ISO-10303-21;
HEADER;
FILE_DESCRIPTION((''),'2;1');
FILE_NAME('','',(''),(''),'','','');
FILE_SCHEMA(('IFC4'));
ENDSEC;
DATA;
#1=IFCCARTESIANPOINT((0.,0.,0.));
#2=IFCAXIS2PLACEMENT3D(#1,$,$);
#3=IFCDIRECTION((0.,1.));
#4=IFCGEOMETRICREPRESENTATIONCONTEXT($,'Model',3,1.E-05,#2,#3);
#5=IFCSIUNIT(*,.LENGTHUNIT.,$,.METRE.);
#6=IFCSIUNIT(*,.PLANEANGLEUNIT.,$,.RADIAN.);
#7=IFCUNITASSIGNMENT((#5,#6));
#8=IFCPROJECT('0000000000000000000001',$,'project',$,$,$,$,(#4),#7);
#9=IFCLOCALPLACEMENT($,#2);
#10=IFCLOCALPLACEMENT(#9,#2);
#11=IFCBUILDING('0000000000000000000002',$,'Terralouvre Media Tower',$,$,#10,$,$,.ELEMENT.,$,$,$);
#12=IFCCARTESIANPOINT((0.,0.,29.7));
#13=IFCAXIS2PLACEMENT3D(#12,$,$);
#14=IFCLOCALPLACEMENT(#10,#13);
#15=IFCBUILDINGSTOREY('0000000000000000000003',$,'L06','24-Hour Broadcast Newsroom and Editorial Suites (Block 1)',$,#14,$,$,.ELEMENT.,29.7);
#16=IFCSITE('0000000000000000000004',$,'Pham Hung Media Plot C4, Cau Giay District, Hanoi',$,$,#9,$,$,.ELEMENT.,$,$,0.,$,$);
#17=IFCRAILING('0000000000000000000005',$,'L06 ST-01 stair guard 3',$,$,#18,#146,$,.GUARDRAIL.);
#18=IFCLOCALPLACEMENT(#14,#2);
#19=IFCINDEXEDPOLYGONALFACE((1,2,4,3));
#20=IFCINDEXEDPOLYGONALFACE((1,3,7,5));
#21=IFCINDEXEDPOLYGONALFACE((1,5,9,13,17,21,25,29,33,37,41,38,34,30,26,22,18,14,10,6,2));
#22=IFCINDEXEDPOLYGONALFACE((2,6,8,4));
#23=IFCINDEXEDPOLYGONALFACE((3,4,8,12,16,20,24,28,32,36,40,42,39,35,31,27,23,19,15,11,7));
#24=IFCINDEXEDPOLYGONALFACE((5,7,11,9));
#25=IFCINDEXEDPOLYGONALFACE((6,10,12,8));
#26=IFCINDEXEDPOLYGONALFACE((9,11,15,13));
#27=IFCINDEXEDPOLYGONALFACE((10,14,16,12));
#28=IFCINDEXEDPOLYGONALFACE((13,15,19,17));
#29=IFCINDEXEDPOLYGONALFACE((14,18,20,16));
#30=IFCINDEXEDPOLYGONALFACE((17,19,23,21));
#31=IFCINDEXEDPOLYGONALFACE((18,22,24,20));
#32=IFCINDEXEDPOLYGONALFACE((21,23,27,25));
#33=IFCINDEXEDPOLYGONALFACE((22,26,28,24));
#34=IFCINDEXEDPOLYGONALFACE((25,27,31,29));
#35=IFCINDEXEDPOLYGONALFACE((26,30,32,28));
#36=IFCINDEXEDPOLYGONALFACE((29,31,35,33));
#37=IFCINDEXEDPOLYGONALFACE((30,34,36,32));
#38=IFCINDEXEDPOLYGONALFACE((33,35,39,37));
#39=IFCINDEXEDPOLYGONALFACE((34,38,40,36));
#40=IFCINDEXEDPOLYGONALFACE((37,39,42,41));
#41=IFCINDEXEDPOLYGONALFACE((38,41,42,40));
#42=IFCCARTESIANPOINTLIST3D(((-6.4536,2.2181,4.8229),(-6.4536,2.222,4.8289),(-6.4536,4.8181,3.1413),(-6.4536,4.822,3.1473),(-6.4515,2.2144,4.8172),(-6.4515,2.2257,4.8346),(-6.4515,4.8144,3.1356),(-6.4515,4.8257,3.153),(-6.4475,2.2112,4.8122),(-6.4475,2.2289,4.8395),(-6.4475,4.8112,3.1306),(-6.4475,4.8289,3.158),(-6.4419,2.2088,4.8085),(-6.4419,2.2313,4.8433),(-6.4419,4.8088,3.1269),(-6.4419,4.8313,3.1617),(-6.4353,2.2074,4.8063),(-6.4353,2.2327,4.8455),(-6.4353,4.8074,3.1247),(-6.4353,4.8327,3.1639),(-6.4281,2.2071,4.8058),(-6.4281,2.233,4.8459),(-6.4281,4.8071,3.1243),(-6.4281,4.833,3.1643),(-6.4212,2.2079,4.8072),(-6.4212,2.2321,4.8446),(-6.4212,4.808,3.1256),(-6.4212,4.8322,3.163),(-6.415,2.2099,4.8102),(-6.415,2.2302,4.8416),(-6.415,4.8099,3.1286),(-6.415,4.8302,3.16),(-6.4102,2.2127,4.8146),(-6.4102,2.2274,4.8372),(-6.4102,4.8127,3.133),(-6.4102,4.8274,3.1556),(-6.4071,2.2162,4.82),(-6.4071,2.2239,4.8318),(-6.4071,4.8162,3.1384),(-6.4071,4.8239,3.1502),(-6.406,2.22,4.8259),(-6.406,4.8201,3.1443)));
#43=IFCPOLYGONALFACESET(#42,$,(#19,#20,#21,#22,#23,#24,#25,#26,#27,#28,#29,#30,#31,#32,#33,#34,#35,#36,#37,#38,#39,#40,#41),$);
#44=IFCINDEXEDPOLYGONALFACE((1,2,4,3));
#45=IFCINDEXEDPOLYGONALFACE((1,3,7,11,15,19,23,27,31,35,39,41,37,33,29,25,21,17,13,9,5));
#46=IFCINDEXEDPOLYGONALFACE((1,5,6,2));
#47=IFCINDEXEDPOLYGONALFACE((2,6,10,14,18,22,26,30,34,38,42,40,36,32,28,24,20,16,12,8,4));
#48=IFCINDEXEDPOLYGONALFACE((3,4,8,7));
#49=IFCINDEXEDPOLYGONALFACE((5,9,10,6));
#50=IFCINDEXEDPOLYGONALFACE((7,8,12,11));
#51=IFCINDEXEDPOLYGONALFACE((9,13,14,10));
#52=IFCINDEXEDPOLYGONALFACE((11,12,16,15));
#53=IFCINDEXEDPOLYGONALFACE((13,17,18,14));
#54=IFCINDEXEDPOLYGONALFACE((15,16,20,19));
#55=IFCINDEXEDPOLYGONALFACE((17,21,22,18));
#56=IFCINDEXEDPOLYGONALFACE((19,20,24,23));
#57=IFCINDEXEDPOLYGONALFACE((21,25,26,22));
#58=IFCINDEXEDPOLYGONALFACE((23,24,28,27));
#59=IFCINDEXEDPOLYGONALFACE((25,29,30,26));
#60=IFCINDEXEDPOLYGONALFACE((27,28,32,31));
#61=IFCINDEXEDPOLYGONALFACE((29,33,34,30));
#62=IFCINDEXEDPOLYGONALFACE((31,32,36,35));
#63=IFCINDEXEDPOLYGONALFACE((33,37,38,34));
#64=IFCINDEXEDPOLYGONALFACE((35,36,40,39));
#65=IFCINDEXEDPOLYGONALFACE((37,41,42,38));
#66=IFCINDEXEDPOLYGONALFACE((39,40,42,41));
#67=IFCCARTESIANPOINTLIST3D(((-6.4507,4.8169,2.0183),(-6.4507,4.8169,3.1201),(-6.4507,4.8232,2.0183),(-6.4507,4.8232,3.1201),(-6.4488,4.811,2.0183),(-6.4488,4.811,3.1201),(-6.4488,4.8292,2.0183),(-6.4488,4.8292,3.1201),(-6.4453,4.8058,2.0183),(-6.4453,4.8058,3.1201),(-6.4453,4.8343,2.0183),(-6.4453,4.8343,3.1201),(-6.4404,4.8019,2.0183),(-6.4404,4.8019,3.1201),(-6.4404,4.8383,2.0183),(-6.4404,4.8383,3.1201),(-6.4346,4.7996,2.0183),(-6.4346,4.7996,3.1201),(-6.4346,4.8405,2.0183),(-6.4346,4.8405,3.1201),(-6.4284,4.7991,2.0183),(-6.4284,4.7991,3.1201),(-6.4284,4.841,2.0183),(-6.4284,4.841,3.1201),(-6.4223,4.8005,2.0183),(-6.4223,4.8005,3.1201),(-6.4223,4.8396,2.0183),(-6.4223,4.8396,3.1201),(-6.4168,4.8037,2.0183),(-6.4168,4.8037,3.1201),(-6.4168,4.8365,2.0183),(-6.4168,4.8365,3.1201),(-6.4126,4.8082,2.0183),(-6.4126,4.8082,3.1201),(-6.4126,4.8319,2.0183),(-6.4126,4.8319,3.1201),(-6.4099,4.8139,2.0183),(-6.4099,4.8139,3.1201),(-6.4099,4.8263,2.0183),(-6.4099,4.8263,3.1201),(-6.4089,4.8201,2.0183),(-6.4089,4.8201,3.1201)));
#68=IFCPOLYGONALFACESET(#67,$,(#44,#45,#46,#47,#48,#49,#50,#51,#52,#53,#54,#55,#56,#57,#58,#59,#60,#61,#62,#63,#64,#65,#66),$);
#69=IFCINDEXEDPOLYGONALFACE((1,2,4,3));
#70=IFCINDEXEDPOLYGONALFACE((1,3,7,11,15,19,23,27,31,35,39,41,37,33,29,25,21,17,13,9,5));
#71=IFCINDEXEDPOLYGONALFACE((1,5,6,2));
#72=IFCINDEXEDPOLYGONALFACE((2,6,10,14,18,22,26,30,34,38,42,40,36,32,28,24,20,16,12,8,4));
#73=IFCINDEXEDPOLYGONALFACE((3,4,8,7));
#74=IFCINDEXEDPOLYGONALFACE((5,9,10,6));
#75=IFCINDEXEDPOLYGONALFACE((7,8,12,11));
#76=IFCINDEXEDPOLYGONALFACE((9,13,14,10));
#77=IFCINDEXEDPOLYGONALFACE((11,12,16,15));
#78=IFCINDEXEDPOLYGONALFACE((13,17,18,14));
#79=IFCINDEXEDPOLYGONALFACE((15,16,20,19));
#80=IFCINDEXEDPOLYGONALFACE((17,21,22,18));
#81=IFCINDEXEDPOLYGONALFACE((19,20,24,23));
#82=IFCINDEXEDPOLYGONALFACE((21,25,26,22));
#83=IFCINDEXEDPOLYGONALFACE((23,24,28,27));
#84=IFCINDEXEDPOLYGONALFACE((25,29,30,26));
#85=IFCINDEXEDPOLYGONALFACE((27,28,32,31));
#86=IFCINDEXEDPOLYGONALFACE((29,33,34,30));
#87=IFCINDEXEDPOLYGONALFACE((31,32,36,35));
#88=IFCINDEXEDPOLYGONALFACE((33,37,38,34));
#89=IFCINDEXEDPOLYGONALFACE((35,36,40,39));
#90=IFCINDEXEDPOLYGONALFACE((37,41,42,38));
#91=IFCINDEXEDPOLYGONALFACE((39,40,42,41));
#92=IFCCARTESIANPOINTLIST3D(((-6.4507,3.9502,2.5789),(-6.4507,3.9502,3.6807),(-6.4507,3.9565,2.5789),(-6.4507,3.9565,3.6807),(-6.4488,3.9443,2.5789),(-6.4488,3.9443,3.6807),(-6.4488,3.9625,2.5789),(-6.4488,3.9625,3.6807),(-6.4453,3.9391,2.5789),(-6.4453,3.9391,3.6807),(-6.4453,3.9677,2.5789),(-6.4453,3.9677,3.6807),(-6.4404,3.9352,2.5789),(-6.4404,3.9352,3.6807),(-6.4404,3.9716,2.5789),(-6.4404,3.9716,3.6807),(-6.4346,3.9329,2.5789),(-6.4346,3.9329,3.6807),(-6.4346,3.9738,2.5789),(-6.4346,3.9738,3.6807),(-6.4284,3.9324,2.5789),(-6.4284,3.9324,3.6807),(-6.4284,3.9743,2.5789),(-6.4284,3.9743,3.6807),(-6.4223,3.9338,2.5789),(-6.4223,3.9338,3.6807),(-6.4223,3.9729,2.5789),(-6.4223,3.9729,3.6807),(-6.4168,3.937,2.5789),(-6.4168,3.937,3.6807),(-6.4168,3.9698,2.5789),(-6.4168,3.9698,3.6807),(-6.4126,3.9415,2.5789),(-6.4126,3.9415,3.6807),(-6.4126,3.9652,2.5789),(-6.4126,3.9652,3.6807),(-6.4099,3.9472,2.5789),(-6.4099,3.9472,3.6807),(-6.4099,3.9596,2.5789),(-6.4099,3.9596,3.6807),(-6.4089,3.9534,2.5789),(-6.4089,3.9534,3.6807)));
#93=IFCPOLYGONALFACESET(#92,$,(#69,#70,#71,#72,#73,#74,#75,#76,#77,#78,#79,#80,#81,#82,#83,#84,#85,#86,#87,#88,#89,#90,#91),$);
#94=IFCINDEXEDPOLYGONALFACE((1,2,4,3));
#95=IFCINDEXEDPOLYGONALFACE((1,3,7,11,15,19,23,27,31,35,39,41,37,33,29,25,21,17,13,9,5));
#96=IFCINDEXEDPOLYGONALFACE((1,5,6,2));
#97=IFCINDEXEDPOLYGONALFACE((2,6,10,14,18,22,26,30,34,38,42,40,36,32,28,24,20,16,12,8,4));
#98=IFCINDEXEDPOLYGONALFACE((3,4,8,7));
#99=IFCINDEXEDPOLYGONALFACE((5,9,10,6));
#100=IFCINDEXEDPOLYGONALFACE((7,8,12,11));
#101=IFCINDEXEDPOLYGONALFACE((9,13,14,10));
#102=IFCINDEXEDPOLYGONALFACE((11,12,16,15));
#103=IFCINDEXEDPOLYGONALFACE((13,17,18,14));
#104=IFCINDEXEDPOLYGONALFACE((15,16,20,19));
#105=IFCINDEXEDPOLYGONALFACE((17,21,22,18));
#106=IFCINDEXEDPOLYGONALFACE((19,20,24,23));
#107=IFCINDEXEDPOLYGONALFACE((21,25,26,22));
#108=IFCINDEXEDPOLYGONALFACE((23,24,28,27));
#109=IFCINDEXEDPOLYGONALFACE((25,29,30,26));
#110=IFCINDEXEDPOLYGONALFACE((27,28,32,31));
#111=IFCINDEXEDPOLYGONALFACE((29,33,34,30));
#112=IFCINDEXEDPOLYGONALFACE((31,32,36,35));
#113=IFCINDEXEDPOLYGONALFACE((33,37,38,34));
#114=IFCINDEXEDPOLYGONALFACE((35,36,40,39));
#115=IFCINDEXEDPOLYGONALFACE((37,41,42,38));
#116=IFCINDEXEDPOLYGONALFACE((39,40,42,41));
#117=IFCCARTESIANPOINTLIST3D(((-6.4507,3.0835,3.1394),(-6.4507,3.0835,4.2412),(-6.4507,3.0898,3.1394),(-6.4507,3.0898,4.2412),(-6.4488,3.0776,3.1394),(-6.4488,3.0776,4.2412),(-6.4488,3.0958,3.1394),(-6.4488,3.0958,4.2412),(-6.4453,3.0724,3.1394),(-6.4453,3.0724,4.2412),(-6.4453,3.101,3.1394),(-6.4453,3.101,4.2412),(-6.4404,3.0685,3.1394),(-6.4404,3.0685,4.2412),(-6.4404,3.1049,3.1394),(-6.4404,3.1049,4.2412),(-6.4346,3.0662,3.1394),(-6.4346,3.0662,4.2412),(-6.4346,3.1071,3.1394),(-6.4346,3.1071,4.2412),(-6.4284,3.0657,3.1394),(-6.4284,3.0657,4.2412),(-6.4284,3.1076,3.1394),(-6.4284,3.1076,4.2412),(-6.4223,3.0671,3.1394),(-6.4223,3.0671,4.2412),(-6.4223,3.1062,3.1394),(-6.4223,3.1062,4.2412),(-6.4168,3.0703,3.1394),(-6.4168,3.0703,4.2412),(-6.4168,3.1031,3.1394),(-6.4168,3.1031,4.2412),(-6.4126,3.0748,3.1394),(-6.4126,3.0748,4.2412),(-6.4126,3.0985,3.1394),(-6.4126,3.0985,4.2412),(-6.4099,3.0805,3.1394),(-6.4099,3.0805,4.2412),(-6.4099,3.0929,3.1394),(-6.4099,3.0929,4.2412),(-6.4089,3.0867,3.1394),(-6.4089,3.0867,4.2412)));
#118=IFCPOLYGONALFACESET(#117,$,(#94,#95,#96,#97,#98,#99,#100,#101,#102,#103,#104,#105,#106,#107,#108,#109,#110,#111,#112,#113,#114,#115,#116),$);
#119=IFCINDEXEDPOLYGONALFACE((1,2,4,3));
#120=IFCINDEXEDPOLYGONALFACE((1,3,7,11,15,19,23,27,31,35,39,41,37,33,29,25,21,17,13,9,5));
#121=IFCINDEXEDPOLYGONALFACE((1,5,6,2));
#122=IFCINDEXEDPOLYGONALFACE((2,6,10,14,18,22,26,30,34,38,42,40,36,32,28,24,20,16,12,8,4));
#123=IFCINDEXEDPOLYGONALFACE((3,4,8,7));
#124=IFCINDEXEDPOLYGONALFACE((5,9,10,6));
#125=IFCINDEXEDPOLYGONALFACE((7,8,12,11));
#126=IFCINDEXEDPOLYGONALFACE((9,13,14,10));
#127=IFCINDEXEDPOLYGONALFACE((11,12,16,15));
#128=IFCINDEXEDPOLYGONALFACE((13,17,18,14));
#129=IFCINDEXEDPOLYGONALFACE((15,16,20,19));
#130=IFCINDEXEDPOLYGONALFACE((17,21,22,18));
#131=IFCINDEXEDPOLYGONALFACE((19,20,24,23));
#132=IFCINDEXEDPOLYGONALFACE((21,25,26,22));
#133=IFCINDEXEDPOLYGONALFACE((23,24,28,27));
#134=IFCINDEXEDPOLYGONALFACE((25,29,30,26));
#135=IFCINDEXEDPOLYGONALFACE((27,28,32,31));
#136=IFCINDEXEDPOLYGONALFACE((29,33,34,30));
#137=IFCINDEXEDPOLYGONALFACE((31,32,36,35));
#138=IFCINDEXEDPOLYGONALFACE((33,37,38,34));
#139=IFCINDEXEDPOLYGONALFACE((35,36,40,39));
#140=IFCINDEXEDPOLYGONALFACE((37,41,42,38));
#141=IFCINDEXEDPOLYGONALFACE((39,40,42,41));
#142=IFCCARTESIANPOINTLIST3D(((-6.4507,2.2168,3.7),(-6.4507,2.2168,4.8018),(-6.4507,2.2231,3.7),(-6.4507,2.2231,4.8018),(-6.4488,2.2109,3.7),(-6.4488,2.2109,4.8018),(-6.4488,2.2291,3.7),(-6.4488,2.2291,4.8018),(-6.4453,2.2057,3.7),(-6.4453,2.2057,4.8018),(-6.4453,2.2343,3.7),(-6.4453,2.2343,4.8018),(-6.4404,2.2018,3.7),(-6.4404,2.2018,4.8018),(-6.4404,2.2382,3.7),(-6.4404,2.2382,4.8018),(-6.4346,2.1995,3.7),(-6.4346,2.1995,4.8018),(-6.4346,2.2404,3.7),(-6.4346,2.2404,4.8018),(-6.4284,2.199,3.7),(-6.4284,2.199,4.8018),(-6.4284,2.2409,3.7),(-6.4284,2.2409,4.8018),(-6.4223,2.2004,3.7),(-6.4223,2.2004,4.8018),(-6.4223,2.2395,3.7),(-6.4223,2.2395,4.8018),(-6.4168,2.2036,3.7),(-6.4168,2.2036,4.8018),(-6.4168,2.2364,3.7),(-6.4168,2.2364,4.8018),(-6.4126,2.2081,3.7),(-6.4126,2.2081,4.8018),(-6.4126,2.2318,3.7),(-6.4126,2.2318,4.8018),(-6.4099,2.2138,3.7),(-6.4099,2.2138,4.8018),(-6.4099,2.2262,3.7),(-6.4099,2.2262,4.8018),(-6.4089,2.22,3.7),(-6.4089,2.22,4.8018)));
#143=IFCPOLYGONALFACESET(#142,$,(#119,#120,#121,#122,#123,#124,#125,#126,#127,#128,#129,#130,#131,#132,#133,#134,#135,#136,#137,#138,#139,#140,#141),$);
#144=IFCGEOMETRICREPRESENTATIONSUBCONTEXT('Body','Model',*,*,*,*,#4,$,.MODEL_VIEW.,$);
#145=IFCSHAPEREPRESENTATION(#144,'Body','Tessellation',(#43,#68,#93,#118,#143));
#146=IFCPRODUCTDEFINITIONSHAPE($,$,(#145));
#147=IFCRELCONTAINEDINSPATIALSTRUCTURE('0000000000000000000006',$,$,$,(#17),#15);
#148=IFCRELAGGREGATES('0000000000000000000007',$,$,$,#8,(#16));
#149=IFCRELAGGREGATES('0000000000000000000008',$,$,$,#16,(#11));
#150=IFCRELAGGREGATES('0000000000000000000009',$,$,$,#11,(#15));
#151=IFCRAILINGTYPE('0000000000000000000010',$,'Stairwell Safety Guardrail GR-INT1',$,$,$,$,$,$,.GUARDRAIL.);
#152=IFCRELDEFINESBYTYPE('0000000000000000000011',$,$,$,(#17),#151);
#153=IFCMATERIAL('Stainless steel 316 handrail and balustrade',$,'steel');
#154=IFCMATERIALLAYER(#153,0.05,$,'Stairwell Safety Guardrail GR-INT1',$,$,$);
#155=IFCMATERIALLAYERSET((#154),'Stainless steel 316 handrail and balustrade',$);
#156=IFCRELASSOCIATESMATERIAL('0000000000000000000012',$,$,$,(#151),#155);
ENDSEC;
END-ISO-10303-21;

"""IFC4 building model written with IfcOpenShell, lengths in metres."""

from ifc_helpers import new_model, si_unit, direction, frame, origin, origin_2d, place, context, subcontext, project, spatial, circle, extrude, material, layer, layer_set, type_object, element, save


model = new_model("IFC4")

# Units and contexts
model_context = context("Model", 3, precision=1e-05, world=origin(), true_north=direction((0.0, 1.0)))
body_context = subcontext(model_context, "Body", "Model", "MODEL_VIEW")
ifc_project = project(units=[si_unit("LENGTHUNIT", "METRE"), si_unit("PLANEANGLEUNIT", "RADIAN")], contexts=[model_context])

# Site, building, storey
site_placement = place(None, origin())
site = spatial("IfcSite", under=ifc_project, at=site_placement, Name="Pham Hung Media Plot C4, Cau Giay District, Hanoi", CompositionType="ELEMENT", RefElevation=0.0)
building_placement = place(site_placement, origin())
building = spatial("IfcBuilding", under=site, at=building_placement, Name="Terralouvre Media Tower", CompositionType="ELEMENT")
storey_placement = place(building_placement, frame((0.0, 0.0, 29.7)))
storey = spatial("IfcBuildingStorey", under=building, at=storey_placement, Name="L06", Description="24-Hour Broadcast Newsroom and Editorial Suites (Block 1)", CompositionType="ELEMENT", Elevation=29.7)

# Railing
ifc_material_1 = material(Name="Stainless steel 316 handrail and balustrade", Category="steel")
ifc_layer_1 = layer(ifc_material_1, 0.05, Name="Stairwell Safety Guardrail GR-INT1")
ifc_layer_set_1 = layer_set([ifc_layer_1], Name="Stainless steel 316 handrail and balustrade")
railing_type_1 = type_object("IfcRailingType", Name="Stairwell Safety Guardrail GR-INT1", PredefinedType="GUARDRAIL", material=ifc_layer_set_1)
railing_1_placement = place(storey_placement, frame((-6.4299, 4.8201, 2.0183)))
element("IfcRailing", 1, at=railing_1_placement, inside=storey, type_object=railing_type_1, Name="L06 ST-01 stair guard 3", PredefinedType="GUARDRAIL", context=body_context, shape_type="SweptSolid", body=[
    extrude(circle(Radius=0.0239, at=origin_2d()), frame((0.0, 0.0, 1.126), z_axis=(0.0, -0.839684, 0.543075), x_axis=(1.0, 0.0, 0.0)), (0.0, 0.0, 1.0), 3.0964),
    extrude(circle(Radius=0.021, at=origin_2d()), origin(), (0.0, 0.0, 1.0), 1.1018),
    extrude(circle(Radius=0.021, at=origin_2d()), frame((0.0, -0.8667, 0.5605)), (0.0, 0.0, 1.0), 1.1018),
    extrude(circle(Radius=0.021, at=origin_2d()), frame((0.0, -1.7334, 1.1211)), (0.0, 0.0, 1.0), 1.1018),
    extrude(circle(Radius=0.021, at=origin_2d()), frame((0.0, -2.6001, 1.6816)), (0.0, 0.0, 1.0), 1.1018),
])

save(model, "model.ifc")
